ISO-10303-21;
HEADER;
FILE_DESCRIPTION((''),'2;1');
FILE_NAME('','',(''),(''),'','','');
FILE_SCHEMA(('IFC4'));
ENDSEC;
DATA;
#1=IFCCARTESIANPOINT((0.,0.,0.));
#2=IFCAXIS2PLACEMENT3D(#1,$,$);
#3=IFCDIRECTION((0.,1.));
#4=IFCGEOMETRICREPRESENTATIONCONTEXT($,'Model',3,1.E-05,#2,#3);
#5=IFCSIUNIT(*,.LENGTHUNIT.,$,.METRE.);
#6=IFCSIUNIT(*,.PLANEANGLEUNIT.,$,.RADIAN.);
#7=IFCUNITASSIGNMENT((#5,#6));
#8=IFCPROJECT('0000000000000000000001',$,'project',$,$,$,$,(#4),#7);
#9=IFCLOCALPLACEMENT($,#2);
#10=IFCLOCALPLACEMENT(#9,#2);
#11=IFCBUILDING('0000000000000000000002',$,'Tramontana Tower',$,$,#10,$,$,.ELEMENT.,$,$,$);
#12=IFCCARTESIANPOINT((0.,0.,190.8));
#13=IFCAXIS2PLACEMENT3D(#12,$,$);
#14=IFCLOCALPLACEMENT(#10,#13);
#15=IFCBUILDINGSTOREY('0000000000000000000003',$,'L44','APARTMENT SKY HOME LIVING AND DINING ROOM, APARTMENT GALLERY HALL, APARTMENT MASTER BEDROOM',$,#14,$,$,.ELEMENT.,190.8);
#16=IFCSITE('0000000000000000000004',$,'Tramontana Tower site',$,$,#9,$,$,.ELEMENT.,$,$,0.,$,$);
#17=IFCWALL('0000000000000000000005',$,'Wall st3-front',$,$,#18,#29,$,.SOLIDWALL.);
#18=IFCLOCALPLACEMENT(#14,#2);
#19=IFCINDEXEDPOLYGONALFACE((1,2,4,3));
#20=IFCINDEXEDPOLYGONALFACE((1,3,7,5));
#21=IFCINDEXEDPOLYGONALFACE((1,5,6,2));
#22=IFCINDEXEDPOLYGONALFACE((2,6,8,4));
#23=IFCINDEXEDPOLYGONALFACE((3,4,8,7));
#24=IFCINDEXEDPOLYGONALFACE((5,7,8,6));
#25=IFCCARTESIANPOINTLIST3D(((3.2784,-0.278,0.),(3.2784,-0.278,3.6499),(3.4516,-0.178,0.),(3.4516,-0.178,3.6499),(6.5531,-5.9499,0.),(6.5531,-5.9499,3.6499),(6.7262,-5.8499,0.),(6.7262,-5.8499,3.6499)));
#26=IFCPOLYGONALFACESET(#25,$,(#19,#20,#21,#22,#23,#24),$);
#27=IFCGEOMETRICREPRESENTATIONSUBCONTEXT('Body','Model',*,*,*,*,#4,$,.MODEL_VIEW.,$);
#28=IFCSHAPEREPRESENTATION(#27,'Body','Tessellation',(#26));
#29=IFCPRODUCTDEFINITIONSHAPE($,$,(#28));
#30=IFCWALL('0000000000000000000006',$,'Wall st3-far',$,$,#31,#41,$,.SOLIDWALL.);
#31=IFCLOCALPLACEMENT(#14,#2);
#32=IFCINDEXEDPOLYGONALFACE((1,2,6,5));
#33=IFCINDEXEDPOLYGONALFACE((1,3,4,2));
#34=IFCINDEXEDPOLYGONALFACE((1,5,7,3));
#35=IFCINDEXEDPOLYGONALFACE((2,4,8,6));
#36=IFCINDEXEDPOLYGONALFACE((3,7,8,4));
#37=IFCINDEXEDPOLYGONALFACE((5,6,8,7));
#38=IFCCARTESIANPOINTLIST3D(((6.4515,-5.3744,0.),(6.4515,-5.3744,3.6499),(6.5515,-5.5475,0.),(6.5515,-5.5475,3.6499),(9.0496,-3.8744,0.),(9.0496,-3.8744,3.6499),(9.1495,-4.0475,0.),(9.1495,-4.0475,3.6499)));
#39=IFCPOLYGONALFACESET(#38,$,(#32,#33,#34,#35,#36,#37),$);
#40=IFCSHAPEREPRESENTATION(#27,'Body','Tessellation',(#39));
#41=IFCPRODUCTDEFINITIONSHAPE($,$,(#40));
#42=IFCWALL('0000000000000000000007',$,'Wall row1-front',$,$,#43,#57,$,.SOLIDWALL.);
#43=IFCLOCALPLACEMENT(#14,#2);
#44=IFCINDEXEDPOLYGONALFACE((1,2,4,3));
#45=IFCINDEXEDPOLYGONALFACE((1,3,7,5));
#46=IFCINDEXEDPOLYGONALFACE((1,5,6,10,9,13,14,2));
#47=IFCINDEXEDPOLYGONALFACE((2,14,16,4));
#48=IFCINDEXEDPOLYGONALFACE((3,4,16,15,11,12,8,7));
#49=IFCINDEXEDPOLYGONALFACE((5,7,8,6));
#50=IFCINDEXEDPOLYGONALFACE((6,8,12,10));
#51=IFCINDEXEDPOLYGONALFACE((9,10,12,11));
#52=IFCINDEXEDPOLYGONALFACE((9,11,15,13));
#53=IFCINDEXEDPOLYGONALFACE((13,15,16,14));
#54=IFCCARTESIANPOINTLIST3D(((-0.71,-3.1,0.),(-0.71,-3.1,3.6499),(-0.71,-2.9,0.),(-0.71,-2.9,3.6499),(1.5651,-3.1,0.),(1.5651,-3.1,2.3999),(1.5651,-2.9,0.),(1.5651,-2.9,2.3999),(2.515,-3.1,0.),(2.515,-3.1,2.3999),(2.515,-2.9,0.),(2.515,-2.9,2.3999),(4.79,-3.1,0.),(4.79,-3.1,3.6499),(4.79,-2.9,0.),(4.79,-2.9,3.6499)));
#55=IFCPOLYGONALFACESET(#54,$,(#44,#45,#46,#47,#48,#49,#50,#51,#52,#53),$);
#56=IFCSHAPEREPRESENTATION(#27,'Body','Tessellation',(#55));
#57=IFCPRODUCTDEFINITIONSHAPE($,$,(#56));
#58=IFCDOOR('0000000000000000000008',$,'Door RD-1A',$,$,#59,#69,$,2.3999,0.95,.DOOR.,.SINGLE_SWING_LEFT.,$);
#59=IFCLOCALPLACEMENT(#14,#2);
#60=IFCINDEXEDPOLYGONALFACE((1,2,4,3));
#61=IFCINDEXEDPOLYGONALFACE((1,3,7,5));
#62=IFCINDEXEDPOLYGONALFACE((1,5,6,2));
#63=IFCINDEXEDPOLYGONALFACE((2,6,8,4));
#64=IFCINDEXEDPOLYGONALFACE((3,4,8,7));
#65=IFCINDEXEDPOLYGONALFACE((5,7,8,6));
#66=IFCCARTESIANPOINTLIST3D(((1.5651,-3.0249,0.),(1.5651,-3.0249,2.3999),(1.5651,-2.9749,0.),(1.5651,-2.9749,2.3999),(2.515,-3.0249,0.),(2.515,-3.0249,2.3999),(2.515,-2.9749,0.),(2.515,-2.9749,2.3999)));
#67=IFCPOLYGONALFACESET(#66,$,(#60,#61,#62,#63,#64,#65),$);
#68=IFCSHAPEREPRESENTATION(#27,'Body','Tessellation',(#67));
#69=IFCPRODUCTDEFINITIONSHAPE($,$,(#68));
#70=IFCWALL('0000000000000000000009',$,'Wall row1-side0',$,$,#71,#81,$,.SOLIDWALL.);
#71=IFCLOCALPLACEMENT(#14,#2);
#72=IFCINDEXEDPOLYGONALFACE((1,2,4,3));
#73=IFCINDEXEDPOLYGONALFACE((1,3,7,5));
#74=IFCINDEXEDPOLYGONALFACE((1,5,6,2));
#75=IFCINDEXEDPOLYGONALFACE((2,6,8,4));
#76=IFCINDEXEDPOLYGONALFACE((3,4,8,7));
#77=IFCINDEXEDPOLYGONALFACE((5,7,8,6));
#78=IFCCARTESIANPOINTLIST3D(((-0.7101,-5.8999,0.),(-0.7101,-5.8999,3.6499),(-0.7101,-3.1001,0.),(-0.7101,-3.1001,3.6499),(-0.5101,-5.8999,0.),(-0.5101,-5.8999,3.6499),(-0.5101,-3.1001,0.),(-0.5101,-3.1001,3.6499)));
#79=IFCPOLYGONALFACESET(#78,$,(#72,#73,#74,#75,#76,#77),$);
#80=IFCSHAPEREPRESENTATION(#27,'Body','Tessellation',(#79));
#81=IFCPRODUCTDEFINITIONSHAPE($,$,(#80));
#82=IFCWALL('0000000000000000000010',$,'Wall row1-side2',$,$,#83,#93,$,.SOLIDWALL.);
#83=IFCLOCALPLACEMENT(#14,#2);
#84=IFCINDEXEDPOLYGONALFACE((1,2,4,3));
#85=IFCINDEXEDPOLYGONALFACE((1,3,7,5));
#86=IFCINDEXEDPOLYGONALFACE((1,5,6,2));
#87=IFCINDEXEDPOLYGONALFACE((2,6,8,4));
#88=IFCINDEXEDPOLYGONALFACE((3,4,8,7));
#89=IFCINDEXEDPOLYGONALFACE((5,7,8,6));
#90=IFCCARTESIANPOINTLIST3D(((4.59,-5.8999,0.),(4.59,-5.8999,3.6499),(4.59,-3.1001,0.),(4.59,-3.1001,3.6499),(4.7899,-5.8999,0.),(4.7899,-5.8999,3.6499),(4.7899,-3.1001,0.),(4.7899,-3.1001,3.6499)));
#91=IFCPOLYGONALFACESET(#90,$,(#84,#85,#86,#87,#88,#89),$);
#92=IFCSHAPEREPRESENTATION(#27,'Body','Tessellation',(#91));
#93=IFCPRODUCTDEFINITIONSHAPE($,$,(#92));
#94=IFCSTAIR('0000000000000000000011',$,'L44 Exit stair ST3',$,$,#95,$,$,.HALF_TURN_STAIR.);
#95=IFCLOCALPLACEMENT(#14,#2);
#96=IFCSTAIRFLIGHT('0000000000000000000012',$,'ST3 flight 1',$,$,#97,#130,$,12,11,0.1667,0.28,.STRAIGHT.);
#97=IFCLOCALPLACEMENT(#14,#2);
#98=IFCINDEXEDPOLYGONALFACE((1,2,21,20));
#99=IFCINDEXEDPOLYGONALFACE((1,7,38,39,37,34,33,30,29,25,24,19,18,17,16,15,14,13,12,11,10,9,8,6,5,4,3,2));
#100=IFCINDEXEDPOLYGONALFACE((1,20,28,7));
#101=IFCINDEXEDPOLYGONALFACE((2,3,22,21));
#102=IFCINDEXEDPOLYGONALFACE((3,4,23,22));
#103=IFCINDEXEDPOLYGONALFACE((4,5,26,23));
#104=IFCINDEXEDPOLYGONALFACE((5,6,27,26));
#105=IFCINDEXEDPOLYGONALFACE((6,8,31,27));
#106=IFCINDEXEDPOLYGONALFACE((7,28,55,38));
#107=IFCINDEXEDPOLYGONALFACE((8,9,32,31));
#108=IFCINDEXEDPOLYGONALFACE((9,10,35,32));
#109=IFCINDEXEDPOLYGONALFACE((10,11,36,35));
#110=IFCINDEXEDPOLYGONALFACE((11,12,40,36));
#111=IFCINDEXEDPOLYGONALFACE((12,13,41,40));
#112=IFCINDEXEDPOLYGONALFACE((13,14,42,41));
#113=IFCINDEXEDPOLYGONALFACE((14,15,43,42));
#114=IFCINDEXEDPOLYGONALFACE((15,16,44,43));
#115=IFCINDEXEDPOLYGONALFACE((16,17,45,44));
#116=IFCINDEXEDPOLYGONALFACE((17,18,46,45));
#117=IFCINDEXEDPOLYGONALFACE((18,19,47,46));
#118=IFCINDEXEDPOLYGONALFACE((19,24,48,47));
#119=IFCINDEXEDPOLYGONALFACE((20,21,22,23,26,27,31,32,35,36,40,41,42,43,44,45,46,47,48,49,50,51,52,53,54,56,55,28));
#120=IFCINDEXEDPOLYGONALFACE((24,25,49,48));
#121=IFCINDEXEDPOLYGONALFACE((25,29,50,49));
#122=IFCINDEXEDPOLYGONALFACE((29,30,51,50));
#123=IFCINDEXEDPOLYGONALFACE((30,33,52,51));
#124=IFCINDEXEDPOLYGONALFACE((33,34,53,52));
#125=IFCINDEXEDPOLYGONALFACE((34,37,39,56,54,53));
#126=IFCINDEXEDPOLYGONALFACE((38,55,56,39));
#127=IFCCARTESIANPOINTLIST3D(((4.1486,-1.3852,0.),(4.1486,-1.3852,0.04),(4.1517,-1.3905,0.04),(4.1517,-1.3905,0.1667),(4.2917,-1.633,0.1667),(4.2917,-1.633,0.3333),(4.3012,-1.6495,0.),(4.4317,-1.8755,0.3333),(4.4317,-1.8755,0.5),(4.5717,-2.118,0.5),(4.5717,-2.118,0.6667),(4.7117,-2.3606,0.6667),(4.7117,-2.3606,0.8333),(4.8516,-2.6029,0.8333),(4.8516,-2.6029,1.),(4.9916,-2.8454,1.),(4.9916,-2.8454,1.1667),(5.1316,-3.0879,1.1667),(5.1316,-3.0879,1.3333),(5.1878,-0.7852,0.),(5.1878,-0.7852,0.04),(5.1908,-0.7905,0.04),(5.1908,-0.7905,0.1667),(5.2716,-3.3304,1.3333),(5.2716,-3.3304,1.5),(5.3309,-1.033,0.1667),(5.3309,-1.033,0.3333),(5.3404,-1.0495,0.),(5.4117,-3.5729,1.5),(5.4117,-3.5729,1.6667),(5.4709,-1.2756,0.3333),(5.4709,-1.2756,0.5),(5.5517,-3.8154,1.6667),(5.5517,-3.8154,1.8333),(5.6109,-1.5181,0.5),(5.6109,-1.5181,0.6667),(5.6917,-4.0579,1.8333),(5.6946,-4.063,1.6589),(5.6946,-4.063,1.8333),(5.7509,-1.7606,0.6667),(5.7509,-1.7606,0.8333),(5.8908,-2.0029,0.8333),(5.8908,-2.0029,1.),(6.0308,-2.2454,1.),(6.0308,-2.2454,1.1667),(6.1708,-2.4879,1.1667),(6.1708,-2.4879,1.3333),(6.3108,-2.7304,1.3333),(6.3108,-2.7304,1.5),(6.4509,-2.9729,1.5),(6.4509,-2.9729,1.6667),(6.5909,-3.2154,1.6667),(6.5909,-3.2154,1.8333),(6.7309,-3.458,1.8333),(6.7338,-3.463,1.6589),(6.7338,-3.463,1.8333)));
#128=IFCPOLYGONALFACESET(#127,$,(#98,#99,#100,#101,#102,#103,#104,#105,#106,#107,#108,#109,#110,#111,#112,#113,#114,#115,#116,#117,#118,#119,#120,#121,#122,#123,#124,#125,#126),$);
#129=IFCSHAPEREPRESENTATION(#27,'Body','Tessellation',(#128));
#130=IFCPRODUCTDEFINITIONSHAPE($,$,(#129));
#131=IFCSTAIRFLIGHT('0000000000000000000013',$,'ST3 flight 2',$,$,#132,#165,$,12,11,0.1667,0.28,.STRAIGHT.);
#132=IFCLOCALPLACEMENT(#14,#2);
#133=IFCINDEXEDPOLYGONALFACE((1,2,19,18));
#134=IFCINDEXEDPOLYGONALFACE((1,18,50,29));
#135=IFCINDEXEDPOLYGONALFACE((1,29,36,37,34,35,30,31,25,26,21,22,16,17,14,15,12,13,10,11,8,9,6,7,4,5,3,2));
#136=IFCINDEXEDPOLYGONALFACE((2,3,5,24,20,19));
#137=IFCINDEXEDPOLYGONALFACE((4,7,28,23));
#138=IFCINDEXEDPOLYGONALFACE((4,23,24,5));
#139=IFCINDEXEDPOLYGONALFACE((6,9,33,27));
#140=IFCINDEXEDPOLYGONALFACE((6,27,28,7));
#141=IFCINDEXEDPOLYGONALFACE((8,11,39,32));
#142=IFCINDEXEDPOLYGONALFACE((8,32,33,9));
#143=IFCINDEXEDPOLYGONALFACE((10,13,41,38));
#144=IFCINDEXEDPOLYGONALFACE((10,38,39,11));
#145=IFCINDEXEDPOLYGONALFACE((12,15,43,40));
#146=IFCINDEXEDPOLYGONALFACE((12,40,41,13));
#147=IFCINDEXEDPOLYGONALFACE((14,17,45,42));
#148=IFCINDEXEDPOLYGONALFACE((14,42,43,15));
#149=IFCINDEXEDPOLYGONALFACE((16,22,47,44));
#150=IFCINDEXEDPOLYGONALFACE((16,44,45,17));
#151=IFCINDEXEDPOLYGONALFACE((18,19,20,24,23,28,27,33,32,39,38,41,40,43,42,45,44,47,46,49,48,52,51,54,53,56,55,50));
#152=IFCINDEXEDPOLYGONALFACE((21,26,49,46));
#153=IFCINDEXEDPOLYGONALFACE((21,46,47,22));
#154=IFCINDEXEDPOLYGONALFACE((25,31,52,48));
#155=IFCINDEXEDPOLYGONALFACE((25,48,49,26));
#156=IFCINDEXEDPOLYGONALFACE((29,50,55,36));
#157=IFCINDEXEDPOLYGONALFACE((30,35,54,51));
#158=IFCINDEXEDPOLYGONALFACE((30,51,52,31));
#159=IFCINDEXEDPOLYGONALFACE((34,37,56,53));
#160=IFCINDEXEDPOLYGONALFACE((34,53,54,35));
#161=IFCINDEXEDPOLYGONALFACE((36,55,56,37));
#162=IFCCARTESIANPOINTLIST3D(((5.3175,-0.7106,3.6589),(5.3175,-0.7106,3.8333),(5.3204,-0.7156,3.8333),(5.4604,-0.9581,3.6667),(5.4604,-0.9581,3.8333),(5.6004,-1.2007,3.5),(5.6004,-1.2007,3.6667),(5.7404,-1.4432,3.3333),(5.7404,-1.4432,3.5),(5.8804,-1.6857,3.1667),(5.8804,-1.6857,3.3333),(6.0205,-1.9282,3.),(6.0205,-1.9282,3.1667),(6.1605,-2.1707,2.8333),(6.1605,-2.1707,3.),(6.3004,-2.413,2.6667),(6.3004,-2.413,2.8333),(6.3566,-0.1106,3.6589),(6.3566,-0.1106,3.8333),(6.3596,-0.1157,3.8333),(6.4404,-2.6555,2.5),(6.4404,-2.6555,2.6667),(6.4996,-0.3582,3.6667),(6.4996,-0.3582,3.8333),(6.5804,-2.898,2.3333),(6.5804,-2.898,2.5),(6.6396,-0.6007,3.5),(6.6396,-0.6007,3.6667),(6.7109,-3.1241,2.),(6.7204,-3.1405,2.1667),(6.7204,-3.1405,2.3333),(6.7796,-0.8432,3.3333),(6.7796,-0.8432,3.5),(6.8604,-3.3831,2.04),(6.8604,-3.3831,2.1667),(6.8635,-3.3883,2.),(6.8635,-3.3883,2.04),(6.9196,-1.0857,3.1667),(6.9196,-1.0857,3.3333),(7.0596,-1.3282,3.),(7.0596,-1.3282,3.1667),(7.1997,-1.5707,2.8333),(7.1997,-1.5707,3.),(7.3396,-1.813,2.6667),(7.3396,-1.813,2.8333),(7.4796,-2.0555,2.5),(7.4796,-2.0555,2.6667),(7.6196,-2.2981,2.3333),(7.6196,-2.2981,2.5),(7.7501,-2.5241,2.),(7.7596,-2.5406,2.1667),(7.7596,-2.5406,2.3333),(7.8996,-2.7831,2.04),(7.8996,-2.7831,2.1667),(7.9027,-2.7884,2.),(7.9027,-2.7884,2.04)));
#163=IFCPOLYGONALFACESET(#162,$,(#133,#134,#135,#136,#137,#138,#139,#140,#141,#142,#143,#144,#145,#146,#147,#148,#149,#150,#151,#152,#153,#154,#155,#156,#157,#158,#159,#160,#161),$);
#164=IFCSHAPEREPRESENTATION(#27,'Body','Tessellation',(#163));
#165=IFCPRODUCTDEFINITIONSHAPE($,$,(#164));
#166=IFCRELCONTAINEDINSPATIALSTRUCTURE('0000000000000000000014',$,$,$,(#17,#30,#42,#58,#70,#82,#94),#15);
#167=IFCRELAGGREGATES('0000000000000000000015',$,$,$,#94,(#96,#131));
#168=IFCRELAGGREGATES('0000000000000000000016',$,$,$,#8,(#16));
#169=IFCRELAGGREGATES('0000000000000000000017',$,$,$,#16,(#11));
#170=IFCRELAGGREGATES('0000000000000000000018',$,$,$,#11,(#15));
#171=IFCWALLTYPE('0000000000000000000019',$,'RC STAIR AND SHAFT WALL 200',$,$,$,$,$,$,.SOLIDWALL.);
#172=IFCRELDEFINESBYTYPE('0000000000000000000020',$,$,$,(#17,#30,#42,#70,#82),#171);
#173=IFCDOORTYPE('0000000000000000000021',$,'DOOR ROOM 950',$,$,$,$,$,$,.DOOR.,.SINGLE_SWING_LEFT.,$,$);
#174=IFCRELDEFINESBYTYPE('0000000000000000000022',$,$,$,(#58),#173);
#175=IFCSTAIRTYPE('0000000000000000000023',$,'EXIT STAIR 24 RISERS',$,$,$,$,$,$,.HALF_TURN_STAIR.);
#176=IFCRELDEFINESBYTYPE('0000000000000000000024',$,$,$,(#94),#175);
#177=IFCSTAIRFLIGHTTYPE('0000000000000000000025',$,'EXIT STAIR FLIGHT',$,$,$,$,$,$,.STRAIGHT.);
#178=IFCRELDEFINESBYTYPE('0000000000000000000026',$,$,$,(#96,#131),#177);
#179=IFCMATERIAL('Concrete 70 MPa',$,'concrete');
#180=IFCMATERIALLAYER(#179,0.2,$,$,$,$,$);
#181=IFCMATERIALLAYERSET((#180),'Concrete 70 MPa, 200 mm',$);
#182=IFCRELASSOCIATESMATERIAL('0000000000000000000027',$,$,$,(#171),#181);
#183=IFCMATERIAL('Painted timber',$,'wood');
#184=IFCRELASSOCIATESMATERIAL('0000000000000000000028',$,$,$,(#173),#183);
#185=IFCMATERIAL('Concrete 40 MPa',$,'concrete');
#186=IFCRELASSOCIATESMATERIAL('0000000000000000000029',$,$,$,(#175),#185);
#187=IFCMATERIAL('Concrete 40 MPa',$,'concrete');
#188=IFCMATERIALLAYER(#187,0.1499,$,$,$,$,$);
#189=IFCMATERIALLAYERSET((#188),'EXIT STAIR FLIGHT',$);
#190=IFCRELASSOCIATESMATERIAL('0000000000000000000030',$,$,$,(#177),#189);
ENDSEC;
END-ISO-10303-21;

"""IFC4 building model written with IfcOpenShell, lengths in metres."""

from ifc_helpers import new_model, si_unit, direction, frame, frame_2d, origin, place, context, subcontext, project, spatial, polyline, rectangle, outline, extrude, material, layer, layer_set, type_object, element, fill, aggregate, save


model = new_model("IFC4")

# Units and contexts
model_context = context("Model", 3, precision=1e-05, world=origin(), true_north=direction((0.0, 1.0)))
body_context = subcontext(model_context, "Body", "Model", "MODEL_VIEW")
ifc_project = project(units=[si_unit("LENGTHUNIT", "METRE"), si_unit("PLANEANGLEUNIT", "RADIAN")], contexts=[model_context])

# Site, building, storey
site_placement = place(None, origin())
site = spatial("IfcSite", under=ifc_project, at=site_placement, Name="Tramontana Tower site", CompositionType="ELEMENT", RefElevation=0.0)
building_placement = place(site_placement, origin())
building = spatial("IfcBuilding", under=site, at=building_placement, Name="Tramontana Tower", CompositionType="ELEMENT")
storey_placement = place(building_placement, frame((0.0, 0.0, 190.8)))
storey = spatial("IfcBuildingStorey", under=building, at=storey_placement, Name="L44", Description="APARTMENT SKY HOME LIVING AND DINING ROOM, APARTMENT GALLERY HALL, APARTMENT MASTER BEDROOM", CompositionType="ELEMENT", Elevation=190.8)

# Walls
ifc_material_1 = material(Name="Concrete 70 MPa", Category="concrete")
ifc_layer_1 = layer(ifc_material_1, 0.2)
ifc_layer_set_1 = layer_set([ifc_layer_1], Name="Concrete 70 MPa, 200 mm")
wall_type_1 = type_object("IfcWallType", Name="RC STAIR AND SHAFT WALL 200", PredefinedType="SOLIDWALL", material=ifc_layer_set_1)
wall_1_placement = place(storey_placement, frame((6.6396, -5.8999, 0.0), z_axis=(0.0, 0.0, 1.0), x_axis=(-0.5, 0.866025, 0.0)))
element("IfcWall", 1, at=wall_1_placement, inside=storey, type_object=wall_type_1, Name="Wall st3-front", PredefinedType="SOLIDWALL", context=body_context, shape_type="SweptSolid", body=[
    extrude(rectangle(XDim=6.5493, YDim=0.2, at=frame_2d((3.2747, 0.0))), origin(), (0.0, 0.0, 1.0), 3.6499),
])
wall_2_placement = place(storey_placement, frame((6.5015, -5.4609, 0.0), z_axis=(0.0, 0.0, 1.0), x_axis=(0.866031, 0.49999, 0.0)))
element("IfcWall", 2, at=wall_2_placement, inside=storey, type_object=wall_type_1, Name="Wall st3-far", PredefinedType="SOLIDWALL", context=body_context, shape_type="SweptSolid", body=[
    extrude(rectangle(XDim=3.0, YDim=0.2, at=frame_2d((1.5, 0.0))), origin(), (0.0, 0.0, 1.0), 3.6499),
])

# Wall, opening, door
wall_3_placement = place(storey_placement, frame((4.79, -3.0, 0.0), z_axis=(0.0, 0.0, 1.0), x_axis=(-1.0, 0.0, 0.0)))
wall_3 = element("IfcWall", 3, at=wall_3_placement, inside=storey, type_object=wall_type_1, Name="Wall row1-front", PredefinedType="SOLIDWALL", context=body_context, shape_type="SweptSolid", body=[
    extrude(rectangle(XDim=5.5, YDim=0.2, at=frame_2d((2.75, 0.0))), origin(), (0.0, 0.0, 1.0), 3.6499),
])
opening_1_placement = place(wall_3_placement, frame((2.2749, 0.0, 0.0)))
opening_1 = element("IfcOpeningElement", 4, at=opening_1_placement, cuts=wall_3, PredefinedType="OPENING", context=body_context, shape_type="SweptSolid", body=[
    extrude(rectangle(XDim=0.95, YDim=2.3999, at=frame_2d((0.4751, 1.2))), frame((0.0, 0.1099, 0.0), z_axis=(0.0, -1.0, 0.0), x_axis=(1.0, 0.0, 0.0)), (0.0, 0.0, 1.0), 0.22),
])
ifc_material_2 = material(Name="Painted timber", Category="wood")
door_type_1 = type_object("IfcDoorType", Name="DOOR ROOM 950", OperationType="SINGLE_SWING_LEFT", PredefinedType="DOOR", material=ifc_material_2)
door_1_placement = place(opening_1_placement, origin())
door_1 = element("IfcDoor", 5, at=door_1_placement, inside=storey, type_object=door_type_1, Name="Door RD-1A", OperationType="SINGLE_SWING_LEFT", OverallHeight=2.3999, OverallWidth=0.95, PredefinedType="DOOR", context=body_context, shape_type="SweptSolid", body=[
    extrude(rectangle(XDim=0.95, YDim=2.3999, at=frame_2d((0.4751, 1.2))), frame((0.0, 0.0249, 0.0), z_axis=(0.0, -1.0, 0.0), x_axis=(1.0, 0.0, 0.0)), (0.0, 0.0, 1.0), 0.05),
])
fill(opening_1, door_1)

# Walls
for number, where, z_axis, x_axis, name in (
    (6, (-0.6101, -3.1001, 0.0), (0.0, 0.0, 1.0), (0.0, -1.0, 0.0), "Wall row1-side0"),
    (7, (4.6899, -3.1001, 0.0), (0.0, 0.0, 1.0), (0.0, -1.0, 0.0), "Wall row1-side2"),
):
    element("IfcWall", number, at=place(storey_placement, frame(where, z_axis=z_axis, x_axis=x_axis)), inside=storey, type_object=wall_type_1, Name=name, PredefinedType="SOLIDWALL", context=body_context, shape_type="SweptSolid", body=[
        extrude(rectangle(XDim=2.7998, YDim=0.2, at=frame_2d((1.3999, 0.0))), origin(), (0.0, 0.0, 1.0), 3.6499),
    ])

# Stair, stair flights
ifc_material_3 = material(Name="Concrete 40 MPa", Category="concrete")
stair_type = type_object("IfcStairType", Name="EXIT STAIR 24 RISERS", PredefinedType="HALF_TURN_STAIR", material=ifc_material_3)
stair_placement = place(storey_placement, origin())
stair = element("IfcStair", 8, at=stair_placement, inside=storey, type_object=stair_type, Name="L44 Exit stair ST3", PredefinedType="HALF_TURN_STAIR")
ifc_material_4 = material(Name="Concrete 40 MPa", Category="concrete")
ifc_layer_2 = layer(ifc_material_4, 0.1499)
ifc_layer_set_2 = layer_set([ifc_layer_2], Name="EXIT STAIR FLIGHT")
stair_flight_type = type_object("IfcStairFlightType", Name="EXIT STAIR FLIGHT", PredefinedType="STRAIGHT", material=ifc_layer_set_2)
stair_flight_1_placement = place(storey_placement, frame((4.6711, -1.0906, 0.0), z_axis=(0.0, 0.0, 1.0), x_axis=(0.5, -0.866025, 0.0)))
stair_flight_1 = element("IfcStairFlight", 9, at=stair_flight_1_placement, type_object=stair_flight_type, Name="ST3 flight 1", NumberOfRisers=12, NumberOfTreads=11, PredefinedType="STRAIGHT", RiserHeight=0.1667, TreadLength=0.28, context=body_context, shape_type="SweptSolid", body=[
    extrude(outline(polyline([(-0.0061, 0.0), (-0.0061, 0.04), (0.0, 0.04), (0.0, 0.1667), (0.28, 0.1667), (0.28, 0.3333), (0.5601, 0.3333), (0.5601, 0.5), (0.8401, 0.5), (0.8401, 0.6667), (1.1201, 0.6667), (1.1201, 0.8333), (1.3999, 0.8333), (1.3999, 1.0), (1.6799, 1.0), (1.6799, 1.1667), (1.96, 1.1667), (1.96, 1.3333), (2.24, 1.3333), (2.24, 1.5), (2.52, 1.5), (2.52, 1.6667), (2.8, 1.6667), (2.8, 1.8333), (3.0801, 1.8333), (3.0859, 1.8333), (3.0859, 1.6589), (0.2991, 0.0), (-0.0061, 0.0)])), frame((0.0, 0.6001, 0.0), z_axis=(0.0, -1.0, 0.0), x_axis=(1.0, 0.0, 0.0)), (0.0, 0.0, 1.0), 1.2),
])
stair_flight_2_placement = place(storey_placement, frame((7.3801, -3.083, 2.0), z_axis=(0.0, 0.0, 1.0), x_axis=(-0.5, 0.866025, 0.0)))
stair_flight_2 = element("IfcStairFlight", 10, at=stair_flight_2_placement, type_object=stair_flight_type, Name="ST3 flight 2", NumberOfRisers=12, NumberOfTreads=11, PredefinedType="STRAIGHT", RiserHeight=0.1667, TreadLength=0.28, context=body_context, shape_type="SweptSolid", body=[
    extrude(outline(polyline([(-0.0061, 0.0), (-0.0061, 0.04), (0.0, 0.04), (0.0, 0.1667), (0.28, 0.1667), (0.28, 0.3333), (0.5601, 0.3333), (0.5601, 0.5), (0.8401, 0.5), (0.8401, 0.6667), (1.1201, 0.6667), (1.1201, 0.8333), (1.3999, 0.8333), (1.3999, 1.0), (1.6799, 1.0), (1.6799, 1.1667), (1.96, 1.1667), (1.96, 1.3333), (2.24, 1.3333), (2.24, 1.5), (2.52, 1.5), (2.52, 1.6667), (2.8, 1.6667), (2.8, 1.8333), (3.0801, 1.8333), (3.0859, 1.8333), (3.0859, 1.6589), (0.2991, 0.0), (-0.0061, 0.0)])), frame((0.0, 0.6001, 0.0), z_axis=(0.0, -1.0, 0.0), x_axis=(1.0, 0.0, 0.0)), (0.0, 0.0, 1.0), 1.2),
])
aggregate(stair, [stair_flight_1, stair_flight_2])

save(model, "model.ifc")
